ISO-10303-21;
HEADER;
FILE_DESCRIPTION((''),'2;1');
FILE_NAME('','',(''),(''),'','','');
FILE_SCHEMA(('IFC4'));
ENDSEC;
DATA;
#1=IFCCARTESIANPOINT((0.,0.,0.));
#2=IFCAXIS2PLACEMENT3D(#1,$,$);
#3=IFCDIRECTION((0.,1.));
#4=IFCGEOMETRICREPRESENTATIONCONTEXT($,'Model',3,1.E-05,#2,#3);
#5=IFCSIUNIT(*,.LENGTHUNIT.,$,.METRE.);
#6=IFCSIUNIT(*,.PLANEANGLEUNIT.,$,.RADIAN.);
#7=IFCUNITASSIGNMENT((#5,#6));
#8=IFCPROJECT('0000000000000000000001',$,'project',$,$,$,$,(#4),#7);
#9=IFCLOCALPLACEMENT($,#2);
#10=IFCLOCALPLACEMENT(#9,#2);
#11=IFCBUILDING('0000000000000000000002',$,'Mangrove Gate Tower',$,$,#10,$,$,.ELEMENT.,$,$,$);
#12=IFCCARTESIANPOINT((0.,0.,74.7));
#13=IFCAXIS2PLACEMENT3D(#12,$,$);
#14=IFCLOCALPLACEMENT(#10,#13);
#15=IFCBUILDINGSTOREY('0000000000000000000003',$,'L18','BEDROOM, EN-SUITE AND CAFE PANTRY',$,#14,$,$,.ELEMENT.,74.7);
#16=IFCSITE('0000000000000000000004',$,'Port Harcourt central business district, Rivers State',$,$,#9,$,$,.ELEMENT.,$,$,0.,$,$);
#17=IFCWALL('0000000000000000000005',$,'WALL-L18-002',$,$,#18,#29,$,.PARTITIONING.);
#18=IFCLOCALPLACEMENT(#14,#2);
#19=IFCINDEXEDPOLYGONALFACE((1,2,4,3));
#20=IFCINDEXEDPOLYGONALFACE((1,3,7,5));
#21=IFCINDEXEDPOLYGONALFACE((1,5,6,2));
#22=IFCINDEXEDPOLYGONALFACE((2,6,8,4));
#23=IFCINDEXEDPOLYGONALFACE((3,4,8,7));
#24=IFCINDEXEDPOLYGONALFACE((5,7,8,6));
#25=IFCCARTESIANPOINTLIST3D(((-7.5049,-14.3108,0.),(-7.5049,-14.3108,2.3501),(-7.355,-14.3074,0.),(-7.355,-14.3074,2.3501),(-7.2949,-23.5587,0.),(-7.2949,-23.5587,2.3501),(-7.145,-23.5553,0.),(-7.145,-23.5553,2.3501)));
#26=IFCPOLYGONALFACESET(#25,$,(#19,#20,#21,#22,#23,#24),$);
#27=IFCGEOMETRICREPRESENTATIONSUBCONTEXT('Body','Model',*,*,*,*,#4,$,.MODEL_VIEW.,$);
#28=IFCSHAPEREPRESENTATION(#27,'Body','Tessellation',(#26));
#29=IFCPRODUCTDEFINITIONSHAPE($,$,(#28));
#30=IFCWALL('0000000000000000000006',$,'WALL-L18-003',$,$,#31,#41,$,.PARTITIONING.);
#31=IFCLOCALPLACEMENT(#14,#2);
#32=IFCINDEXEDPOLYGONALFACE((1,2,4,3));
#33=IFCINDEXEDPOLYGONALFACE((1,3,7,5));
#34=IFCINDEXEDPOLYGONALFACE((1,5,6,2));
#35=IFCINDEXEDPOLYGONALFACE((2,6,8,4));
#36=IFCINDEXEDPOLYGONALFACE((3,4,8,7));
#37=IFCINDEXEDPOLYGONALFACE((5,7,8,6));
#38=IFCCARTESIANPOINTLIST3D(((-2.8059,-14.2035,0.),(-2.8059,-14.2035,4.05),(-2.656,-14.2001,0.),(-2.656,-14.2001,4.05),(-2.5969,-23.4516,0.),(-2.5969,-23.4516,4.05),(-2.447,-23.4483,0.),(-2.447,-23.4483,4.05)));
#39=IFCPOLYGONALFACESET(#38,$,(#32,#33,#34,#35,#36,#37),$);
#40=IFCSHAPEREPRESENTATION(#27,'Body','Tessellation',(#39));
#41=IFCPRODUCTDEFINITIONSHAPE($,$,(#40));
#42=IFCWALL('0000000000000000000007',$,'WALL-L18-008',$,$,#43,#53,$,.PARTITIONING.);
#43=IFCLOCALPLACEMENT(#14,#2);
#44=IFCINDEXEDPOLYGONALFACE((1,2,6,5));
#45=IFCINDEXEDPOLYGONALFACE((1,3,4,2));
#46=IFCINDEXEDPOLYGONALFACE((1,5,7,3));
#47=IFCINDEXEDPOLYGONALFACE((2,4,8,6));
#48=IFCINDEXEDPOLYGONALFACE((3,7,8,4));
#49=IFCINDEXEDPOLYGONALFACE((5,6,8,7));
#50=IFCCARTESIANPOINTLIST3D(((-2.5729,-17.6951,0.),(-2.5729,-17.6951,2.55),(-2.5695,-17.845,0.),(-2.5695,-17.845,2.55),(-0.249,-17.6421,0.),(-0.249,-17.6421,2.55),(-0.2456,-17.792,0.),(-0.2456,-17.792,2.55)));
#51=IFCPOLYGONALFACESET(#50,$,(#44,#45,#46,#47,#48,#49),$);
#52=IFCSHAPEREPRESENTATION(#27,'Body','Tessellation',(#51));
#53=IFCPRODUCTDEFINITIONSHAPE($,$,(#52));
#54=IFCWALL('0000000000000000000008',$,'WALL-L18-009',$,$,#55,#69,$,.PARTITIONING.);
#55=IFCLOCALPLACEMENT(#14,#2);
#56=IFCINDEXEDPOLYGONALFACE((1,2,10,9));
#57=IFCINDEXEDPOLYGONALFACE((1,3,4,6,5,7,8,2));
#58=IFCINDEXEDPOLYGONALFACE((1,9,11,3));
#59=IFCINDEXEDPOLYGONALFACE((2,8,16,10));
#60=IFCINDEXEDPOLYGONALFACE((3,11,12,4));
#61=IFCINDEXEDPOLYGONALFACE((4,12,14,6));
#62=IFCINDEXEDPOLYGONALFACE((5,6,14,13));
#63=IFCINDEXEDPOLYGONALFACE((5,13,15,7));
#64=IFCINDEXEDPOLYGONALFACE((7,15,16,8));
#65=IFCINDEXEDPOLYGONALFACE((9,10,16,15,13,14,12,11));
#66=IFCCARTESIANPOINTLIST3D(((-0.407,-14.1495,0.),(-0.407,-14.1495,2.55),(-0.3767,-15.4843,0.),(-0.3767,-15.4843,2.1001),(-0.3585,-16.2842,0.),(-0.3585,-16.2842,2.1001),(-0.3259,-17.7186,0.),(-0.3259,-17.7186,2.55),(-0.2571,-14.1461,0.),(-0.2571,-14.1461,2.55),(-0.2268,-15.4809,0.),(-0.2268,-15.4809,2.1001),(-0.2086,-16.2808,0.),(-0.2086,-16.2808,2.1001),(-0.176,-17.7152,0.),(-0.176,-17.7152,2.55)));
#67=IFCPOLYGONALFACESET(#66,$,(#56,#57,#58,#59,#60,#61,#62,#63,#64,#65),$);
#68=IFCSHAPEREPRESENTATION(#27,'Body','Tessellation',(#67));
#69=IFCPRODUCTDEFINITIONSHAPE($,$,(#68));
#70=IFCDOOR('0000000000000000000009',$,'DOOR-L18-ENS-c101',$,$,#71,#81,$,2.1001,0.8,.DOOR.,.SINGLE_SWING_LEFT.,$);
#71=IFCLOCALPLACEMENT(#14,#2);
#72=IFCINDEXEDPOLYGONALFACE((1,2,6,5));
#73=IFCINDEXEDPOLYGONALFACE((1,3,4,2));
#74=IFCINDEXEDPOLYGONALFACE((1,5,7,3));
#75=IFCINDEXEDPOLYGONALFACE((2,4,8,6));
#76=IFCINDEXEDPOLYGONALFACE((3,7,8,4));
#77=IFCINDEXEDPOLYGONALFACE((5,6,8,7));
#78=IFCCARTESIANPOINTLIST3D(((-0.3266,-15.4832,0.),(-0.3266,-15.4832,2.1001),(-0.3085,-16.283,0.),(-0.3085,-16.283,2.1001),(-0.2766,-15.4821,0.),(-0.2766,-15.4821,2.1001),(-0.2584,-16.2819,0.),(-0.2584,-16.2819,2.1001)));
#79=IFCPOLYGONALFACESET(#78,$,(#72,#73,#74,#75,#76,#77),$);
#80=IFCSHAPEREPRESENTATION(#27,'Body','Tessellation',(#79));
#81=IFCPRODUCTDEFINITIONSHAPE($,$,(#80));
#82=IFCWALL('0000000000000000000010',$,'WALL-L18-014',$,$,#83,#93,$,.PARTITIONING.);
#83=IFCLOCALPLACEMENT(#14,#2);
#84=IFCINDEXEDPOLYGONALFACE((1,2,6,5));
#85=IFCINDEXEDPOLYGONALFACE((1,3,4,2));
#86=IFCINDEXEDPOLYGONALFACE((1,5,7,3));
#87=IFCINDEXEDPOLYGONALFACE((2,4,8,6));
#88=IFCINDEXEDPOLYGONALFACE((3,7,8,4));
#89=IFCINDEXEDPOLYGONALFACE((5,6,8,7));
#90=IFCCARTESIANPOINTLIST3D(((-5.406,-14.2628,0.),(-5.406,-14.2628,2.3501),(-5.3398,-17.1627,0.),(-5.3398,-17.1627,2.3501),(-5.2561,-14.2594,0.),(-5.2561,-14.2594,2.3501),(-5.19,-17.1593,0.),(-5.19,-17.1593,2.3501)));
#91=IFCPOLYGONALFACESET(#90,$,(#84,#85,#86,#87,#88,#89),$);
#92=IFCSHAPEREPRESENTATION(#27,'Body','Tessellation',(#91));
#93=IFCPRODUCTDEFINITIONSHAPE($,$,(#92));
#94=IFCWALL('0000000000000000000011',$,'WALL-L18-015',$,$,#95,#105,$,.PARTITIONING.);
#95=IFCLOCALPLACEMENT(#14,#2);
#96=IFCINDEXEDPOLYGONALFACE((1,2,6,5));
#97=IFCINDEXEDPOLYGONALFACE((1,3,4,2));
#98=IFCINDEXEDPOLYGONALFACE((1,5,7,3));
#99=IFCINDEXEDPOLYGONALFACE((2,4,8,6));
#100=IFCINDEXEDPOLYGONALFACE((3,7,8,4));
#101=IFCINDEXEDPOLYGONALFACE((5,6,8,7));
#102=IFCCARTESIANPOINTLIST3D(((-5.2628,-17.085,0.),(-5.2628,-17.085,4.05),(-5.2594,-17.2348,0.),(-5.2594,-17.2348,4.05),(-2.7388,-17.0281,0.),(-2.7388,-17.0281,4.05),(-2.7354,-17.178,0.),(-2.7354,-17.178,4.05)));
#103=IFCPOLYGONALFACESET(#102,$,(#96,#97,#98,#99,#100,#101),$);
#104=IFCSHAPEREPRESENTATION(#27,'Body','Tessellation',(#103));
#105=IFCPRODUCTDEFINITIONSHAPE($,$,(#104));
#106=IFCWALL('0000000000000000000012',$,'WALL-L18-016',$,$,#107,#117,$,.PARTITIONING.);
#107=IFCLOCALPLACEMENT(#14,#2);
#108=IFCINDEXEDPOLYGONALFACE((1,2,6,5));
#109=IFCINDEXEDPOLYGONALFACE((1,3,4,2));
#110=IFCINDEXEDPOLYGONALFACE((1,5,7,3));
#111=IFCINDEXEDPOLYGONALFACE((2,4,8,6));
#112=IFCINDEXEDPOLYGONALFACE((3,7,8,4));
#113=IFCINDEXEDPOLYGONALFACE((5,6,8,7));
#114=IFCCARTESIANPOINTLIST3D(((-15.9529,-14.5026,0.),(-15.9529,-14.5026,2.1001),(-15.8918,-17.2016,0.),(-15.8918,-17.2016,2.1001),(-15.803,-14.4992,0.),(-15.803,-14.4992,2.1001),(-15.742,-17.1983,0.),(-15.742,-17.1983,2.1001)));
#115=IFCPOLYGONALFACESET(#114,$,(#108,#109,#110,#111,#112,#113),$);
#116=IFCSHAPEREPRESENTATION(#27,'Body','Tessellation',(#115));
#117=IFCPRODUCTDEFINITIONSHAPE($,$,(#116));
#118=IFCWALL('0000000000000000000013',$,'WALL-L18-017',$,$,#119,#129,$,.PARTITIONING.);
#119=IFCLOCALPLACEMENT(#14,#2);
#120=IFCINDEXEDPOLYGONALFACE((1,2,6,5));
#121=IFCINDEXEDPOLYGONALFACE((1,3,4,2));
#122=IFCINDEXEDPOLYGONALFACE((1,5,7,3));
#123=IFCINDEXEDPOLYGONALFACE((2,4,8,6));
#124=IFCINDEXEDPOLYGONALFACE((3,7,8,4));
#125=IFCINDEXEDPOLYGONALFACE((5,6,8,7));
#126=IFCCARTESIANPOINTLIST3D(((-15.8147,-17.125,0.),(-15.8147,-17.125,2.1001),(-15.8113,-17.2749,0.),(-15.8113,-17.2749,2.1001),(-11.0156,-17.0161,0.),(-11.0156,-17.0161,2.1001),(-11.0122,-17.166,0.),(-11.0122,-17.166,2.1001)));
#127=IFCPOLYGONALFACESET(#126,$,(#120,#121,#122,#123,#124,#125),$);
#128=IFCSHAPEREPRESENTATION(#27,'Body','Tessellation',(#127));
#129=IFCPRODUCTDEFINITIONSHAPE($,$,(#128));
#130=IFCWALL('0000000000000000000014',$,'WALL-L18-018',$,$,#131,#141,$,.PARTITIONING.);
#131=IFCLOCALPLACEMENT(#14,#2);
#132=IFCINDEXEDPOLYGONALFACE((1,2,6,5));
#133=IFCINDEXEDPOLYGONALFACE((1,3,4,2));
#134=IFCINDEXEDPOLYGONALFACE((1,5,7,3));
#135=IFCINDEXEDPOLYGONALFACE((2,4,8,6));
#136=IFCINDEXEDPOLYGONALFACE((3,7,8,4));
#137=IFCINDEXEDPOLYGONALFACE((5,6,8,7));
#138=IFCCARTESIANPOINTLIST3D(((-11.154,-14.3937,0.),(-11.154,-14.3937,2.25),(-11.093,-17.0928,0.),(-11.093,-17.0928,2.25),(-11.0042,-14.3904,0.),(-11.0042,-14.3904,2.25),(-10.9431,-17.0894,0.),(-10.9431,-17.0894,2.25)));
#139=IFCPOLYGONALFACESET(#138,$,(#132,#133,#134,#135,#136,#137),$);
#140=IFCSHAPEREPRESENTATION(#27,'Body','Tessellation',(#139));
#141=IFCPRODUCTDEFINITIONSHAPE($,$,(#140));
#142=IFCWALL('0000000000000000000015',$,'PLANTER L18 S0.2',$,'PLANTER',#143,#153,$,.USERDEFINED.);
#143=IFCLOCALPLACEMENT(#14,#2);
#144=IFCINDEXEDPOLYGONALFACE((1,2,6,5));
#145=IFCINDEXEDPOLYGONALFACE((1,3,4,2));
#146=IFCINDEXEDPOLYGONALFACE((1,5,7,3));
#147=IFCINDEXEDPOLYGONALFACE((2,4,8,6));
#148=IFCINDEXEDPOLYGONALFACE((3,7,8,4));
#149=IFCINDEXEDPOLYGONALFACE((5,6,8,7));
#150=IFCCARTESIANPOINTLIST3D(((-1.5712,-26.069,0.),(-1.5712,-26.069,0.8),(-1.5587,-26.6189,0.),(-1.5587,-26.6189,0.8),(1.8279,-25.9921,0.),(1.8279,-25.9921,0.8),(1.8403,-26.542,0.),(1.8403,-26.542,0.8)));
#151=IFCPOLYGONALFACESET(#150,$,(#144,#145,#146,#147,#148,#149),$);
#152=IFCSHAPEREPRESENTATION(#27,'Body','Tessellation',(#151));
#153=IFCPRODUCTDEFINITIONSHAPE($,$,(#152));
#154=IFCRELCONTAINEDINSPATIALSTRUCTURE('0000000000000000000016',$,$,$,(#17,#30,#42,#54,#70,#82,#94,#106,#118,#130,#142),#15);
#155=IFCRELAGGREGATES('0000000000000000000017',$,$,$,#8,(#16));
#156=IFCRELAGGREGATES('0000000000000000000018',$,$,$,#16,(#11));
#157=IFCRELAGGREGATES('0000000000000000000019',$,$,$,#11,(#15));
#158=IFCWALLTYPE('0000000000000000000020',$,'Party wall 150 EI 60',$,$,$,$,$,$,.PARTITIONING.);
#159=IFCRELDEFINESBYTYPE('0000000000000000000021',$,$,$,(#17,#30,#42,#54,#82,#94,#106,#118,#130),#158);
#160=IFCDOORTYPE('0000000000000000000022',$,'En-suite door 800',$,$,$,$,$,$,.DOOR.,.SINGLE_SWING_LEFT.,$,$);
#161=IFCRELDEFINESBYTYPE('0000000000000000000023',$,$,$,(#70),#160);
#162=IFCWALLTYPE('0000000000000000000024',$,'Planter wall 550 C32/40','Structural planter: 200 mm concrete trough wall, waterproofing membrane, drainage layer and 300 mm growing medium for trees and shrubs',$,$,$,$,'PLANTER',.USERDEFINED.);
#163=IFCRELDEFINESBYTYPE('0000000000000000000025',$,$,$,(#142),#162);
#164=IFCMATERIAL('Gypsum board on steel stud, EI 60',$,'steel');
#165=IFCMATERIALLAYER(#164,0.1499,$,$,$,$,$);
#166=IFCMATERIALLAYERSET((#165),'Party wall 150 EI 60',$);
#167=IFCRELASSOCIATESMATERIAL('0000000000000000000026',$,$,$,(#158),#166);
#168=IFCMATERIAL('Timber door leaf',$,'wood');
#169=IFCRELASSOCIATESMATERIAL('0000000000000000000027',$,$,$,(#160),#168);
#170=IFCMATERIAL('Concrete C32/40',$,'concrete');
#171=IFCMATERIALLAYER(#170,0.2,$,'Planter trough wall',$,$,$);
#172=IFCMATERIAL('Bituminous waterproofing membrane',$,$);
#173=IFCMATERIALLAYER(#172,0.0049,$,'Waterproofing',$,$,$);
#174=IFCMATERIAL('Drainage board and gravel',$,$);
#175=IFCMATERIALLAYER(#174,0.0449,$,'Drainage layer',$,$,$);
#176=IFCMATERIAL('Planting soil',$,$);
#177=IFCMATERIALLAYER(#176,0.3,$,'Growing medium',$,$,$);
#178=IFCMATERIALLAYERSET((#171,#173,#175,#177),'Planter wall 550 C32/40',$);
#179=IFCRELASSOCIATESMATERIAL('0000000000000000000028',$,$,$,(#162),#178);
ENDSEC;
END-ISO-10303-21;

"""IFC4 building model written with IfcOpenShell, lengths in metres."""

from ifc_helpers import new_model, si_unit, direction, frame, frame_2d, origin, place, context, subcontext, project, spatial, rectangle, extrude, material, layer, layer_set, type_object, element, fill, save


model = new_model("IFC4")

# Units and contexts
model_context = context("Model", 3, precision=1e-05, world=origin(), true_north=direction((0.0, 1.0)))
body_context = subcontext(model_context, "Body", "Model", "MODEL_VIEW")
ifc_project = project(units=[si_unit("LENGTHUNIT", "METRE"), si_unit("PLANEANGLEUNIT", "RADIAN")], contexts=[model_context])

# Site, building, storey
site_placement = place(None, origin())
site = spatial("IfcSite", under=ifc_project, at=site_placement, Name="Port Harcourt central business district, Rivers State", CompositionType="ELEMENT", RefElevation=0.0)
building_placement = place(site_placement, origin())
building = spatial("IfcBuilding", under=site, at=building_placement, Name="Mangrove Gate Tower", CompositionType="ELEMENT")
storey_placement = place(building_placement, frame((0.0, 0.0, 74.7)))
storey = spatial("IfcBuildingStorey", under=building, at=storey_placement, Name="L18", Description="BEDROOM, EN-SUITE AND CAFE PANTRY", CompositionType="ELEMENT", Elevation=74.7)

# Walls
ifc_material_1 = material(Name="Gypsum board on steel stud, EI 60", Category="steel")
ifc_layer_1 = layer(ifc_material_1, 0.1499)
ifc_layer_set_1 = layer_set([ifc_layer_1], Name="Party wall 150 EI 60")
wall_type_1 = type_object("IfcWallType", Name="Party wall 150 EI 60", PredefinedType="PARTITIONING", material=ifc_layer_set_1)
wall_1_placement = place(storey_placement, frame((-7.22, -23.5569, 0.0), z_axis=(0.0, 0.0, 1.0), x_axis=(-0.022698, 0.999742, 0.0)))
element("IfcWall", 1, at=wall_1_placement, inside=storey, type_object=wall_type_1, Name="WALL-L18-002", PredefinedType="PARTITIONING", context=body_context, shape_type="SweptSolid", body=[
    extrude(rectangle(XDim=9.2502, YDim=0.1499, at=frame_2d((4.625, 0.0))), origin(), (0.0, 0.0, 1.0), 2.3501),
])
wall_2_placement = place(storey_placement, frame((-2.522, -23.45, 0.0), z_axis=(0.0, 0.0, 1.0), x_axis=(-0.022592, 0.999745, 0.0)))
element("IfcWall", 2, at=wall_2_placement, inside=storey, type_object=wall_type_1, Name="WALL-L18-003", PredefinedType="PARTITIONING", context=body_context, shape_type="SweptSolid", body=[
    extrude(rectangle(XDim=9.2505, YDim=0.1499, at=frame_2d((4.6252, 0.0))), origin(), (0.0, 0.0, 1.0), 4.05),
])
wall_3_placement = place(storey_placement, frame((-2.571, -17.77, 0.0), z_axis=(0.0, 0.0, 1.0), x_axis=(0.99974, 0.022791, 0.0)))
element("IfcWall", 3, at=wall_3_placement, inside=storey, type_object=wall_type_1, Name="WALL-L18-008", PredefinedType="PARTITIONING", context=body_context, shape_type="SweptSolid", body=[
    extrude(rectangle(XDim=2.3245, YDim=0.1499, at=frame_2d((1.1621, 0.0))), origin(), (0.0, 0.0, 1.0), 2.55),
])

# Wall, opening, door
wall_4_placement = place(storey_placement, frame((-0.251, -17.717, 0.0), z_axis=(0.0, 0.0, 1.0), x_axis=(-0.022704, 0.999742, 0.0)))
wall_4 = element("IfcWall", 4, at=wall_4_placement, inside=storey, type_object=wall_type_1, Name="WALL-L18-009", PredefinedType="PARTITIONING", context=body_context, shape_type="SweptSolid", body=[
    extrude(rectangle(XDim=3.5701, YDim=0.1499, at=frame_2d((1.7852, 0.0))), origin(), (0.0, 0.0, 1.0), 2.55),
])
opening_1_placement = place(wall_4_placement, frame((1.4351, 0.0, 0.0)))
opening_1 = element("IfcOpeningElement", 5, at=opening_1_placement, cuts=wall_4, PredefinedType="OPENING", context=body_context, shape_type="SweptSolid", body=[
    extrude(rectangle(XDim=0.8, YDim=2.1001, at=frame_2d((0.3999, 1.05))), frame((0.0, 0.085, 0.0), z_axis=(0.0, -1.0, 0.0), x_axis=(1.0, 0.0, 0.0)), (0.0, 0.0, 1.0), 0.1699),
])
ifc_material_2 = material(Name="Timber door leaf", Category="wood")
door_type_1 = type_object("IfcDoorType", Name="En-suite door 800", OperationType="SINGLE_SWING_LEFT", PredefinedType="DOOR", material=ifc_material_2)
door_1_placement = place(opening_1_placement, origin())
door_1 = element("IfcDoor", 6, at=door_1_placement, inside=storey, type_object=door_type_1, Name="DOOR-L18-ENS-c101", OperationType="SINGLE_SWING_LEFT", OverallHeight=2.1001, OverallWidth=0.8, PredefinedType="DOOR", context=body_context, shape_type="SweptSolid", body=[
    extrude(rectangle(XDim=0.8, YDim=2.1001, at=frame_2d((0.3999, 1.05))), frame((0.0, 0.0249, 0.0), z_axis=(0.0, -1.0, 0.0), x_axis=(1.0, 0.0, 0.0)), (0.0, 0.0, 1.0), 0.05),
])
fill(opening_1, door_1)

# Walls
wall_5_placement = place(storey_placement, frame((-5.2649, -17.1609, 0.0), z_axis=(0.0, 0.0, 1.0), x_axis=(-0.022809, 0.99974, 0.0)))
element("IfcWall", 7, at=wall_5_placement, inside=storey, type_object=wall_type_1, Name="WALL-L18-014", PredefinedType="PARTITIONING", context=body_context, shape_type="SweptSolid", body=[
    extrude(rectangle(XDim=2.9006, YDim=0.1499, at=frame_2d((1.4502, 0.0))), origin(), (0.0, 0.0, 1.0), 2.3501),
])
wall_6_placement = place(storey_placement, frame((-5.261, -17.1599, 0.0), z_axis=(0.0, 0.0, 1.0), x_axis=(0.999746, 0.022532, 0.0)))
element("IfcWall", 8, at=wall_6_placement, inside=storey, type_object=wall_type_1, Name="WALL-L18-015", PredefinedType="PARTITIONING", context=body_context, shape_type="SweptSolid", body=[
    extrude(rectangle(XDim=2.5247, YDim=0.1499, at=frame_2d((1.2622, 0.0))), origin(), (0.0, 0.0, 1.0), 4.05),
])
wall_7_placement = place(storey_placement, frame((-15.8169, -17.2, 0.0), z_axis=(0.0, 0.0, 1.0), x_axis=(-0.022608, 0.999744, 0.0)))
element("IfcWall", 9, at=wall_7_placement, inside=storey, type_object=wall_type_1, Name="WALL-L18-016", PredefinedType="PARTITIONING", context=body_context, shape_type="SweptSolid", body=[
    extrude(rectangle(XDim=2.6997, YDim=0.1499, at=frame_2d((1.3499, 0.0))), origin(), (0.0, 0.0, 1.0), 2.1001),
])
wall_8_placement = place(storey_placement, frame((-15.813, -17.2, 0.0), z_axis=(0.0, 0.0, 1.0), x_axis=(0.999743, 0.022683, 0.0)))
element("IfcWall", 10, at=wall_8_placement, inside=storey, type_object=wall_type_1, Name="WALL-L18-017", PredefinedType="PARTITIONING", context=body_context, shape_type="SweptSolid", body=[
    extrude(rectangle(XDim=4.8003, YDim=0.1499, at=frame_2d((2.4001, 0.0))), origin(), (0.0, 0.0, 1.0), 2.1001),
])
wall_9_placement = place(storey_placement, frame((-11.0181, -17.0911, 0.0), z_axis=(0.0, 0.0, 1.0), x_axis=(-0.022608, 0.999744, 0.0)))
element("IfcWall", 11, at=wall_9_placement, inside=storey, type_object=wall_type_1, Name="WALL-L18-018", PredefinedType="PARTITIONING", context=body_context, shape_type="SweptSolid", body=[
    extrude(rectangle(XDim=2.6997, YDim=0.1499, at=frame_2d((1.3499, 0.0))), origin(), (0.0, 0.0, 1.0), 2.25),
])
ifc_material_3 = material(Name="Concrete C32/40", Category="concrete")
ifc_layer_2 = layer(ifc_material_3, 0.2, Name="Planter trough wall")
ifc_material_4 = material(Name="Bituminous waterproofing membrane")
ifc_layer_3 = layer(ifc_material_4, 0.0049, Name="Waterproofing")
ifc_material_5 = material(Name="Drainage board and gravel")
ifc_layer_4 = layer(ifc_material_5, 0.0449, Name="Drainage layer")
ifc_material_6 = material(Name="Planting soil")
ifc_layer_5 = layer(ifc_material_6, 0.3, Name="Growing medium")
ifc_layer_set_2 = layer_set([ifc_layer_2, ifc_layer_3, ifc_layer_4, ifc_layer_5], Name="Planter wall 550 C32/40")
wall_type_2 = type_object("IfcWallType", Name="Planter wall 550 C32/40", Description="Structural planter: 200 mm concrete trough wall, waterproofing membrane, drainage layer and 300 mm growing medium for trees and shrubs", ElementType="PLANTER", PredefinedType="USERDEFINED", material=ifc_layer_set_2)
wall_10_placement = place(storey_placement, frame((-1.5649, -26.344, 0.0), z_axis=(0.0, 0.0, 1.0), x_axis=(0.999744, 0.02262, 0.0)))
element("IfcWall", 12, at=wall_10_placement, inside=storey, type_object=wall_type_2, Name="PLANTER L18 S0.2", ObjectType="PLANTER", PredefinedType="USERDEFINED", context=body_context, shape_type="SweptSolid", body=[
    extrude(rectangle(XDim=3.3999, YDim=0.55, at=frame_2d((1.7, 0.0))), origin(), (0.0, 0.0, 1.0), 0.8),
])

save(model, "model.ifc")
